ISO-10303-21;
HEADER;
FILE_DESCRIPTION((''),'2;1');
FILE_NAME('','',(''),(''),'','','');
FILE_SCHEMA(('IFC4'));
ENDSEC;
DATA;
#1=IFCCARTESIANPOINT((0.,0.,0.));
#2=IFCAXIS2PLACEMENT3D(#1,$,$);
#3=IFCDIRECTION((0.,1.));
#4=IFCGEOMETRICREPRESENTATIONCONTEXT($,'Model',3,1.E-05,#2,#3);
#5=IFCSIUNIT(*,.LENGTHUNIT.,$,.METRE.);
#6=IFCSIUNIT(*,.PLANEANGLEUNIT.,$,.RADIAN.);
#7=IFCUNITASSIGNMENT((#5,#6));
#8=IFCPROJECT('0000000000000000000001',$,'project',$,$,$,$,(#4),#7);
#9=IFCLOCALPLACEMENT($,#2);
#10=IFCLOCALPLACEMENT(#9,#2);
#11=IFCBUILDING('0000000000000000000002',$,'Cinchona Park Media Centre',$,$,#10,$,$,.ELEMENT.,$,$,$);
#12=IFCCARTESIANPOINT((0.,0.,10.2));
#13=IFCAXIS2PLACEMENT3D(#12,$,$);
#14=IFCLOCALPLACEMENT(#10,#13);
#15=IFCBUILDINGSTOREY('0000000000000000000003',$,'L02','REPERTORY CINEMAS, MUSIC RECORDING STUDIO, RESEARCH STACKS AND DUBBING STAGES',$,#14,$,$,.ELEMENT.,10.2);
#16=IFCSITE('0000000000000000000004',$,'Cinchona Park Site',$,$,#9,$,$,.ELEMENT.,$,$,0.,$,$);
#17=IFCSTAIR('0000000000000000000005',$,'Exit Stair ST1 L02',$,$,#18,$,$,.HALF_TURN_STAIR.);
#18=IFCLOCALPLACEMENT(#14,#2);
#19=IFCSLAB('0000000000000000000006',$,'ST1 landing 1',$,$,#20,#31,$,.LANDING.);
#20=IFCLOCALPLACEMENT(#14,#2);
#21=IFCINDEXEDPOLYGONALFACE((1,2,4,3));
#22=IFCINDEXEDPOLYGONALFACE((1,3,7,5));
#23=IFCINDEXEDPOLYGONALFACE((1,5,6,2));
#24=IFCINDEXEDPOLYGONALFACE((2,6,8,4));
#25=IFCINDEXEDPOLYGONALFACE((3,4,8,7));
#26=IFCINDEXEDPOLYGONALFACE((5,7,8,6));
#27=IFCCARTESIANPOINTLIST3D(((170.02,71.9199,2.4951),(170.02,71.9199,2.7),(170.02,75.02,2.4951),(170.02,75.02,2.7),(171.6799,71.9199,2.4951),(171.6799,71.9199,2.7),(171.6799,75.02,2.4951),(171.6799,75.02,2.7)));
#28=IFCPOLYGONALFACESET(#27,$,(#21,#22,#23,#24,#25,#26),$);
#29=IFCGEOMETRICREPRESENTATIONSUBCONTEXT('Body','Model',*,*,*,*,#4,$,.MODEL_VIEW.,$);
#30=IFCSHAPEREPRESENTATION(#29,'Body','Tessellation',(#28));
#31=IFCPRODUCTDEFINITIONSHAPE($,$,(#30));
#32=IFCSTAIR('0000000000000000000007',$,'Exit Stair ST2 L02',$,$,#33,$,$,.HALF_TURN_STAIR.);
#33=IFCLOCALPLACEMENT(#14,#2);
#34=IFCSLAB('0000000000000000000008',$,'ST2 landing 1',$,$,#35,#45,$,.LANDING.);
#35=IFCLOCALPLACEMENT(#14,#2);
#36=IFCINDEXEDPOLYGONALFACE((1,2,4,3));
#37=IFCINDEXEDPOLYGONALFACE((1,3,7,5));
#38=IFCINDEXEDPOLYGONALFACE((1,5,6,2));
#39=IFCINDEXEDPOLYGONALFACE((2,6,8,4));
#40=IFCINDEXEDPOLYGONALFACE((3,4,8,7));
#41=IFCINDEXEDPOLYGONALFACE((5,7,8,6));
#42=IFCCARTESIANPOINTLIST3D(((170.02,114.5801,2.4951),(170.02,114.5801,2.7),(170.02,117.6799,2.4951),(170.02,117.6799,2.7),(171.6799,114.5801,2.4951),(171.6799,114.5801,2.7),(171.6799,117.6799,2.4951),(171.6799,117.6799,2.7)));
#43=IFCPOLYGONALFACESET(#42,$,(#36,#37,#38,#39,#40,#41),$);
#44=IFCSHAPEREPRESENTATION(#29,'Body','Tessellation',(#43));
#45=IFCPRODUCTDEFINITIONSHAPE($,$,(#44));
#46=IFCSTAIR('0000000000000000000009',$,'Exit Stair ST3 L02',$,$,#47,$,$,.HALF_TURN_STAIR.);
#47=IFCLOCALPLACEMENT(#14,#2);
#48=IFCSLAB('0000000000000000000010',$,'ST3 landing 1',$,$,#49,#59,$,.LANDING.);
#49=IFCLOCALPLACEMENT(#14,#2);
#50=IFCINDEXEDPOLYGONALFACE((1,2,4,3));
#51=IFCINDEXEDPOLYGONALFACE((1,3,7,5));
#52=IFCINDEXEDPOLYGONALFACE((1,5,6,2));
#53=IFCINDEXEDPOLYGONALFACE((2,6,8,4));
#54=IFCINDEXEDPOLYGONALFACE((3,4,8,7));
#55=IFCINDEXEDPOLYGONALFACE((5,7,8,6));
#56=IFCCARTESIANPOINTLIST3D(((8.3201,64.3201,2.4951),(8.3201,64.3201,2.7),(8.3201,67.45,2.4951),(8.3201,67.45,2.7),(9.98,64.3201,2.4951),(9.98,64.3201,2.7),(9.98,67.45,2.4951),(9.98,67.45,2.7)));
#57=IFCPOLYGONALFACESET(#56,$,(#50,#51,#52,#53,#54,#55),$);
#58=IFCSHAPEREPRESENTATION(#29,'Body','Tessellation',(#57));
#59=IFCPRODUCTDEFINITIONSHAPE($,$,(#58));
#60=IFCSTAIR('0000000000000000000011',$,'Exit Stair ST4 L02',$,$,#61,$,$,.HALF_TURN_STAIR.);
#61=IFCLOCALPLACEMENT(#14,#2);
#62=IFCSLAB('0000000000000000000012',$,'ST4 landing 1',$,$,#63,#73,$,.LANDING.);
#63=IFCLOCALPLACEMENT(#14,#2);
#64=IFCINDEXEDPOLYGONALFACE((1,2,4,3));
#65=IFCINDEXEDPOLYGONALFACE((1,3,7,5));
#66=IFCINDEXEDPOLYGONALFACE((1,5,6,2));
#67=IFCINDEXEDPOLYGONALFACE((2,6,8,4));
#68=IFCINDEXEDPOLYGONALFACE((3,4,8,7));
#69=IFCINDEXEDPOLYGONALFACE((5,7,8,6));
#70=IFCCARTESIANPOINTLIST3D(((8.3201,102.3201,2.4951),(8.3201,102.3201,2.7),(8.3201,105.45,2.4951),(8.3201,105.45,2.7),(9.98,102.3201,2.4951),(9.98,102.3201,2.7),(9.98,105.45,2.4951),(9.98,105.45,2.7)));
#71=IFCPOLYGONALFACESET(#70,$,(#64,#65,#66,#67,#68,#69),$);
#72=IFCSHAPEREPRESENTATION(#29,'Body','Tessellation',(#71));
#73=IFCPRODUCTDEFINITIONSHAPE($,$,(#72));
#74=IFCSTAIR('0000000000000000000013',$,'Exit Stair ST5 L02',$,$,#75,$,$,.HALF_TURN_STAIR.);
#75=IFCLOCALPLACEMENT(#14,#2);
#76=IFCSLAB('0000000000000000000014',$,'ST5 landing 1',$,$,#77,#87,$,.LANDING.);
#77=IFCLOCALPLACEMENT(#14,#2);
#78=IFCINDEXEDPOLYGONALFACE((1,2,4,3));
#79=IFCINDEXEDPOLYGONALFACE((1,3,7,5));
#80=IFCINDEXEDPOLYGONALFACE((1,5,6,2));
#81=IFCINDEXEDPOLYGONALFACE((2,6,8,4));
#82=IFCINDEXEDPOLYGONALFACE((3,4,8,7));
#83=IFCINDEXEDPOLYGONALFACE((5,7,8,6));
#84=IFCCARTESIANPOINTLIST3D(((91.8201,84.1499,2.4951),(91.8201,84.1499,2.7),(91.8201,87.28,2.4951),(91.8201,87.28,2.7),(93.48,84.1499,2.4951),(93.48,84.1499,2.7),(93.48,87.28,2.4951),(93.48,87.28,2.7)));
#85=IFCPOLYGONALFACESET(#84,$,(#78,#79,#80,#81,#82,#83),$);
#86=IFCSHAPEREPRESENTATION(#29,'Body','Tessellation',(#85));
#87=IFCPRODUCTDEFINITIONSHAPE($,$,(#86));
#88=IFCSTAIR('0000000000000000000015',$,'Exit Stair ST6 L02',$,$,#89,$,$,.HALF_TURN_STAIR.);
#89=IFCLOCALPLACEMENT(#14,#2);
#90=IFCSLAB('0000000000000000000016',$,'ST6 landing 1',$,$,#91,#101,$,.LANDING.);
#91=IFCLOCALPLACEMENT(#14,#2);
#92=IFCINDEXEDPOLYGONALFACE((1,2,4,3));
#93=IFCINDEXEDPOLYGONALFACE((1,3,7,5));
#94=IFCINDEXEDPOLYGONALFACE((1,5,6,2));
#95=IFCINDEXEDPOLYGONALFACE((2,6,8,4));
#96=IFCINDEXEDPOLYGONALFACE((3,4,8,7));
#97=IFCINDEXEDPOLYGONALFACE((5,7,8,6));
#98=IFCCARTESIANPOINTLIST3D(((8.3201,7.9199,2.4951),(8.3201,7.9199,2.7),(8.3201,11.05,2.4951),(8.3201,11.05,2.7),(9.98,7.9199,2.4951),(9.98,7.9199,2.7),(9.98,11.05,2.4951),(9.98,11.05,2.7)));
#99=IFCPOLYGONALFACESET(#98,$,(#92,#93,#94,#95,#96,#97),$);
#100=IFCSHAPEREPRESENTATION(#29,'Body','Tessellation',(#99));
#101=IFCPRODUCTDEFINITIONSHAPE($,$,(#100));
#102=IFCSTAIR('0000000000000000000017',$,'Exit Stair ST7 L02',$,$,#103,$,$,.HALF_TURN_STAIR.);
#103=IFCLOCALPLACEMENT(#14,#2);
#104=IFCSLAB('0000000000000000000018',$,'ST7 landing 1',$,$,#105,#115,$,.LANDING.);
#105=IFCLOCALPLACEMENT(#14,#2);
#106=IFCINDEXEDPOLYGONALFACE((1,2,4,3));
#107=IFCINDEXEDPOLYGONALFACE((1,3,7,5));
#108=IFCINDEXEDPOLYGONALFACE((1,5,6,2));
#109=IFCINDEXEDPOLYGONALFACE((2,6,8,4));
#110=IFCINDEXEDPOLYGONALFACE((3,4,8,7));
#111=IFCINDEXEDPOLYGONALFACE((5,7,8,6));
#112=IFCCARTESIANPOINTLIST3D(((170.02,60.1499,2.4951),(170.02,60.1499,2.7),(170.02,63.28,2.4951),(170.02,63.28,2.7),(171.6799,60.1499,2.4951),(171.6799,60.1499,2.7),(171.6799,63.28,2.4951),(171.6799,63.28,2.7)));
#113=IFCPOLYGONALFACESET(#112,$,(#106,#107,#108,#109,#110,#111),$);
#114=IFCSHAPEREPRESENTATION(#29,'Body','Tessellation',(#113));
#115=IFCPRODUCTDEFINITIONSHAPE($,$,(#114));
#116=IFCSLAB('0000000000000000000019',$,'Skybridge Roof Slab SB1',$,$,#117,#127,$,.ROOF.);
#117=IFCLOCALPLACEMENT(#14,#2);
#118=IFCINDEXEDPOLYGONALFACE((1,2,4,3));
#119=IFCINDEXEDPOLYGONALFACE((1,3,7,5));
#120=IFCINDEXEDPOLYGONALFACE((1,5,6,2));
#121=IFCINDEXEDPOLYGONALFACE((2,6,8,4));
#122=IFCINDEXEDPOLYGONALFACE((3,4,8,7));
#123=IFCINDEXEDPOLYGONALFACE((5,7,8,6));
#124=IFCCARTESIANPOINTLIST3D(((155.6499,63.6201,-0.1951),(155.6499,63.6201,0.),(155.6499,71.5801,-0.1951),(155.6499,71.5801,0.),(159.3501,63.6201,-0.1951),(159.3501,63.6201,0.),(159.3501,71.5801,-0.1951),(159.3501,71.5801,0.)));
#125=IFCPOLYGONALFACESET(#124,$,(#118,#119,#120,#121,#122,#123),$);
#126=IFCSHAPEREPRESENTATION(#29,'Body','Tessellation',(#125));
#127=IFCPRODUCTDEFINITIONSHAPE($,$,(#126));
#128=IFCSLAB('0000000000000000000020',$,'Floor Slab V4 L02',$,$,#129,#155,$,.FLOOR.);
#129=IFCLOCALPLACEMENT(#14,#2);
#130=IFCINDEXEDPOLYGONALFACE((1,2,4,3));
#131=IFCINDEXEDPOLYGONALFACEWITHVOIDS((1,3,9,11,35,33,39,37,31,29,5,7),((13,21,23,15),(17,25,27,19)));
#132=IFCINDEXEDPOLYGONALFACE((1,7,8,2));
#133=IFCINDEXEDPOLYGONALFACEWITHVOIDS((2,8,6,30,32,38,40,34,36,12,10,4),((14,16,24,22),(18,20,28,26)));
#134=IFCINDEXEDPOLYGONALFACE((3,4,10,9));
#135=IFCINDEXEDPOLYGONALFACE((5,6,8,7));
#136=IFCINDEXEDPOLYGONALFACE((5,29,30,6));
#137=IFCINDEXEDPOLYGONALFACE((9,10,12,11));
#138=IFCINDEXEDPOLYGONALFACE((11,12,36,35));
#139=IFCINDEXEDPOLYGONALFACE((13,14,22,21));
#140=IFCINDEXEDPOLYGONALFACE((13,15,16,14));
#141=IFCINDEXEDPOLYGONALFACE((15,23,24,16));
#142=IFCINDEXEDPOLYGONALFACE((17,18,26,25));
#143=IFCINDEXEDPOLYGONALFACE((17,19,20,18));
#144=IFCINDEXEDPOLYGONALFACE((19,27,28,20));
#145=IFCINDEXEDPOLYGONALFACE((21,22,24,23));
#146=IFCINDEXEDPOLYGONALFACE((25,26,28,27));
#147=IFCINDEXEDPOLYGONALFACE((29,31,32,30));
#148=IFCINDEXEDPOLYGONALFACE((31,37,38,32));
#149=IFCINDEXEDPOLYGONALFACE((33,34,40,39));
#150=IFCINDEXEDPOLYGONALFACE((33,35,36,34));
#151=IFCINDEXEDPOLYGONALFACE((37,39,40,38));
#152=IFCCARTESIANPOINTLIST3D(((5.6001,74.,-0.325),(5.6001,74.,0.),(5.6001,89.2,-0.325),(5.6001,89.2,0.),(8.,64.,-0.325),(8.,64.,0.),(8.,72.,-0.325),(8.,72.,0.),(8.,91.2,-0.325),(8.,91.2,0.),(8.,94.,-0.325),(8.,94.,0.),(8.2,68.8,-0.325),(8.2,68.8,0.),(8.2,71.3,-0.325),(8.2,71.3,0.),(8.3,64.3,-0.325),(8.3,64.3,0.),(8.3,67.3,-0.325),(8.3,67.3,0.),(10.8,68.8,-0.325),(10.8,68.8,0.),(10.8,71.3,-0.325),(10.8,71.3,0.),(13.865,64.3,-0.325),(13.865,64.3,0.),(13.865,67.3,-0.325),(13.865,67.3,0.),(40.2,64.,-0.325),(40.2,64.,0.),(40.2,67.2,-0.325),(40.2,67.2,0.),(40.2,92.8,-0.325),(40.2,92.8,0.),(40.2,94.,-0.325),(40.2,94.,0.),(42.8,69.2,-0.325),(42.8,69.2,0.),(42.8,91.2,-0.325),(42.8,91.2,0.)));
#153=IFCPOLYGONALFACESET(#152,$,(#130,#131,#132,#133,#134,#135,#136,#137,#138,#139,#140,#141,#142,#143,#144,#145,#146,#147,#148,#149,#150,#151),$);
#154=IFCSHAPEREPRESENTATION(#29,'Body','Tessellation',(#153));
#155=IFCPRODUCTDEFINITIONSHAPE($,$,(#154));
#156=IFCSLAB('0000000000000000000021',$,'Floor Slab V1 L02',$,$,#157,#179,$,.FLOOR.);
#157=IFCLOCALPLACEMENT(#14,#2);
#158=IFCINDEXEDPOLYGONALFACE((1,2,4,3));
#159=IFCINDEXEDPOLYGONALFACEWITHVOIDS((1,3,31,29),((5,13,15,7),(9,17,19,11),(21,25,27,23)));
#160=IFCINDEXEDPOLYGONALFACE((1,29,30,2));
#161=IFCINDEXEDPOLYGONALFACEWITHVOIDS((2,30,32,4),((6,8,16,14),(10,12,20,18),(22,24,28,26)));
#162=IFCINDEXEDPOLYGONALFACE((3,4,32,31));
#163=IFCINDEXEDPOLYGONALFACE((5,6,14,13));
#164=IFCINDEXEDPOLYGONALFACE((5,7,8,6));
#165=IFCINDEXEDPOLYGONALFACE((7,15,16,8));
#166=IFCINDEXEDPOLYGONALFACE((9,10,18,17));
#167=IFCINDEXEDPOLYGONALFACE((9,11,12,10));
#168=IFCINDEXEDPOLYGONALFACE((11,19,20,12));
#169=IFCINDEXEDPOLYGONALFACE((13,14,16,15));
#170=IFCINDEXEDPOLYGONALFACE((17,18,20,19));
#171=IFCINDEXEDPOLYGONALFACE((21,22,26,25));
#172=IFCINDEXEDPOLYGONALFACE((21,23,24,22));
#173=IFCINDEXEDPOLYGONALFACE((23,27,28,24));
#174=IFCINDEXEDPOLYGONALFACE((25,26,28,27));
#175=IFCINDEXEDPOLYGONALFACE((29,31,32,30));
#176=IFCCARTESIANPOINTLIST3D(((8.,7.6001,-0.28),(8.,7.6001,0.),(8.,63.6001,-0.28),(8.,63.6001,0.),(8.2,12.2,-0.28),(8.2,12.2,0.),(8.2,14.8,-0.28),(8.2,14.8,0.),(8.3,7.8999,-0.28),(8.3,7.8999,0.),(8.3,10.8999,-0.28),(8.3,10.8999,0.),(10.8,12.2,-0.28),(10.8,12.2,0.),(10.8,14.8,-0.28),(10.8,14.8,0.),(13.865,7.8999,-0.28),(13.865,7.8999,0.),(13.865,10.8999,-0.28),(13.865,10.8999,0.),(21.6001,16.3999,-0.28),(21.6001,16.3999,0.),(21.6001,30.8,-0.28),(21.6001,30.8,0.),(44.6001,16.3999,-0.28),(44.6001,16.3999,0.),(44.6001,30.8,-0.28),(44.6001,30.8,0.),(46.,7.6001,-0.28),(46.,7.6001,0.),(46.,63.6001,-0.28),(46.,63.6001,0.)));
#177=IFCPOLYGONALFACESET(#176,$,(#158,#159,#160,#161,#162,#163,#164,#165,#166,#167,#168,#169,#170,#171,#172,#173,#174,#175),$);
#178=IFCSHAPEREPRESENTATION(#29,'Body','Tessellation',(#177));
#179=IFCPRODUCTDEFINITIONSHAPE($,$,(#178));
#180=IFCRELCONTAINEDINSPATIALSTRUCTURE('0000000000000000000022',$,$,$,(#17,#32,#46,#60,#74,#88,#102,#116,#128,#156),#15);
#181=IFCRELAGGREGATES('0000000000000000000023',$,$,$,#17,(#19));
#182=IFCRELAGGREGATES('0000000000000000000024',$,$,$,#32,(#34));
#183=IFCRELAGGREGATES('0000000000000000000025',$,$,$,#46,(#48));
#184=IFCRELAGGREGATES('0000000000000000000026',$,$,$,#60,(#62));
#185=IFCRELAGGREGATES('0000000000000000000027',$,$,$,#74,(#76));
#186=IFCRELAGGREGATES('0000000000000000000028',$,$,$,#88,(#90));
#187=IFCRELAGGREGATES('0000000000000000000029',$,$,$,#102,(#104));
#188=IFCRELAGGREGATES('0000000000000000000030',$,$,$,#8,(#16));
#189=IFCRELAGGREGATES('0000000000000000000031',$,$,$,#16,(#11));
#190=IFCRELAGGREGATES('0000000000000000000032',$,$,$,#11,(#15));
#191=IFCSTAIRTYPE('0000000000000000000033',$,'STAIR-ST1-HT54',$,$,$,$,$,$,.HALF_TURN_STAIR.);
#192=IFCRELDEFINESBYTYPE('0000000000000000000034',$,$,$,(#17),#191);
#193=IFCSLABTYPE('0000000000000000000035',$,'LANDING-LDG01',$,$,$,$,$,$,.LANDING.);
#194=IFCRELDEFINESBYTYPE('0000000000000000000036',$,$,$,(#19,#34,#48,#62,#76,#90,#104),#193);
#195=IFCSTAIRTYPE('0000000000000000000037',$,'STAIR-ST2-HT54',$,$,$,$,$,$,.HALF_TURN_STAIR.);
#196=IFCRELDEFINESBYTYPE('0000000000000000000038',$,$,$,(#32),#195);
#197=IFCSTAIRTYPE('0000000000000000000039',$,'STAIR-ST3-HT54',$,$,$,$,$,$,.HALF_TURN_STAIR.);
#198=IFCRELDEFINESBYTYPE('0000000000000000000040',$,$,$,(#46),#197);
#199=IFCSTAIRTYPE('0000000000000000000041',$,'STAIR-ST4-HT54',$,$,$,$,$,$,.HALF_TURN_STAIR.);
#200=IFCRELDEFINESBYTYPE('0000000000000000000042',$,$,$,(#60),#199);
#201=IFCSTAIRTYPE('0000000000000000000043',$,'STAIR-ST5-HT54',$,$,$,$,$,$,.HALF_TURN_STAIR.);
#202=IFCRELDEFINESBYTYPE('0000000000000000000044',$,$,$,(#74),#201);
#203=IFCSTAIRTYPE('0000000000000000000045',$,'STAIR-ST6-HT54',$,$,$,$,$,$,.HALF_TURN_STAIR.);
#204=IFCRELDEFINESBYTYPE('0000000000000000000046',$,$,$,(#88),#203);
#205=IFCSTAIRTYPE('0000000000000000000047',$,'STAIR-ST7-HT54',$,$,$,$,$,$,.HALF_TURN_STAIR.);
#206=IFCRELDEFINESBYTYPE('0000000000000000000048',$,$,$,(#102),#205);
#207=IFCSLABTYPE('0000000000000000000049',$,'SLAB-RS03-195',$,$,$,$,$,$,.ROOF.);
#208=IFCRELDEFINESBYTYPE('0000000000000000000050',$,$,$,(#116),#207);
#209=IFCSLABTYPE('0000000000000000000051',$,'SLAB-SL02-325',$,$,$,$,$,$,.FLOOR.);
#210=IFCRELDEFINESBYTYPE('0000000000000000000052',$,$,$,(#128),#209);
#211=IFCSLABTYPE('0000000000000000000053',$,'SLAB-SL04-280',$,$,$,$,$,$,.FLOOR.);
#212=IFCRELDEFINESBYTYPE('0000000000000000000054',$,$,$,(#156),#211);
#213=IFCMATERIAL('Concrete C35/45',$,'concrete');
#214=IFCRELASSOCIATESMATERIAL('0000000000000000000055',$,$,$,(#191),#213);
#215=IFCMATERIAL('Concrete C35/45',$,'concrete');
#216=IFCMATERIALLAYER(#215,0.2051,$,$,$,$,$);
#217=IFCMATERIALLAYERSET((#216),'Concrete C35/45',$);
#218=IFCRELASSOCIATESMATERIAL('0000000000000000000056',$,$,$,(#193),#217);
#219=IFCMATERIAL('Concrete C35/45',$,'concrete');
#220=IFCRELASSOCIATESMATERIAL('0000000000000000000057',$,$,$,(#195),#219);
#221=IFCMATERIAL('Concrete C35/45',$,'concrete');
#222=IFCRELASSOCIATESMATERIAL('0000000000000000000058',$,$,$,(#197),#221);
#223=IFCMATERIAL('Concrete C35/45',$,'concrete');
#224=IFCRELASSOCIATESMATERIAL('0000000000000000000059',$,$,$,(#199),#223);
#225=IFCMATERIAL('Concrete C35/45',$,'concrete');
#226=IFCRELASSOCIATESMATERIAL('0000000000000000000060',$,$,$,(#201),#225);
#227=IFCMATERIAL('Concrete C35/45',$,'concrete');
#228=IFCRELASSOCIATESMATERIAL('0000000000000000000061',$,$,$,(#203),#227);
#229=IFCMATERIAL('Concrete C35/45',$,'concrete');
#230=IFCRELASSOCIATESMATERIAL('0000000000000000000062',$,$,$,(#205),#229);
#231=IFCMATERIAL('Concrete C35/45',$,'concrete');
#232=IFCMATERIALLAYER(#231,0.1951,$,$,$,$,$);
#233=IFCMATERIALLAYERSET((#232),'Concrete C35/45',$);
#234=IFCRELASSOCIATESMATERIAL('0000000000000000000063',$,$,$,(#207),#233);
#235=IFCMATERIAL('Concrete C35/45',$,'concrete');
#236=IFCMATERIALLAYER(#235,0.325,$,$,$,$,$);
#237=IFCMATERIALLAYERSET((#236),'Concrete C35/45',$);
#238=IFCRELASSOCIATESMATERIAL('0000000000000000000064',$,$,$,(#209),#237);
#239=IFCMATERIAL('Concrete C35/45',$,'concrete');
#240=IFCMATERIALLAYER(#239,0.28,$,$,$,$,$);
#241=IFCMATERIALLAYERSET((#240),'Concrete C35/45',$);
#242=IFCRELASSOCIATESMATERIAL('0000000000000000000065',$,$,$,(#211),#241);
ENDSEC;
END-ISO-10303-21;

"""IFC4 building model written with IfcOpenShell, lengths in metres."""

from ifc_helpers import new_model, si_unit, direction, frame, origin, place, context, subcontext, project, spatial, polyline, outline, extrude, material, layer, layer_set, type_object, element, aggregate, save


model = new_model("IFC4")

# Units and contexts
model_context = context("Model", 3, precision=1e-05, world=origin(), true_north=direction((0.0, 1.0)))
body_context = subcontext(model_context, "Body", "Model", "MODEL_VIEW")
ifc_project = project(units=[si_unit("LENGTHUNIT", "METRE"), si_unit("PLANEANGLEUNIT", "RADIAN")], contexts=[model_context])

# Site, building, storey
site_placement = place(None, origin())
site = spatial("IfcSite", under=ifc_project, at=site_placement, Name="Cinchona Park Site", CompositionType="ELEMENT", RefElevation=0.0)
building_placement = place(site_placement, origin())
building = spatial("IfcBuilding", under=site, at=building_placement, Name="Cinchona Park Media Centre", CompositionType="ELEMENT")
storey_placement = place(building_placement, frame((0.0, 0.0, 10.2)))
storey = spatial("IfcBuildingStorey", under=building, at=storey_placement, Name="L02", Description="REPERTORY CINEMAS, MUSIC RECORDING STUDIO, RESEARCH STACKS AND DUBBING STAGES", CompositionType="ELEMENT", Elevation=10.2)

# Stairs, slabs
ifc_material_1 = material(Name="Concrete C35/45", Category="concrete")
stair_type_1 = type_object("IfcStairType", Name="STAIR-ST1-HT54", PredefinedType="HALF_TURN_STAIR", material=ifc_material_1)
stair_1_placement = place(storey_placement, origin())
stair_1 = element("IfcStair", 1, at=stair_1_placement, inside=storey, type_object=stair_type_1, Name="Exit Stair ST1 L02", PredefinedType="HALF_TURN_STAIR")
ifc_material_2 = material(Name="Concrete C35/45", Category="concrete")
ifc_layer_1 = layer(ifc_material_2, 0.2051)
ifc_layer_set_1 = layer_set([ifc_layer_1], Name="Concrete C35/45")
slab_type_1 = type_object("IfcSlabType", Name="LANDING-LDG01", PredefinedType="LANDING", material=ifc_layer_set_1)
slab_1_placement = place(storey_placement, frame((0.0, 0.0, 2.4951)))
slab_1 = element("IfcSlab", 2, at=slab_1_placement, type_object=slab_type_1, Name="ST1 landing 1", PredefinedType="LANDING", context=body_context, shape_type="SweptSolid", body=[
    extrude(outline(polyline([(170.02, 71.9199), (171.6799, 71.9199), (171.6799, 75.02), (170.02, 75.02), (170.02, 71.9199)])), origin(), (0.0, 0.0, 1.0), 0.2048),
])
aggregate(stair_1, [slab_1])
ifc_material_3 = material(Name="Concrete C35/45", Category="concrete")
stair_type_2 = type_object("IfcStairType", Name="STAIR-ST2-HT54", PredefinedType="HALF_TURN_STAIR", material=ifc_material_3)
stair_2_placement = place(storey_placement, origin())
stair_2 = element("IfcStair", 3, at=stair_2_placement, inside=storey, type_object=stair_type_2, Name="Exit Stair ST2 L02", PredefinedType="HALF_TURN_STAIR")
slab_2_placement = place(storey_placement, frame((0.0, 0.0, 2.4951)))
slab_2 = element("IfcSlab", 4, at=slab_2_placement, type_object=slab_type_1, Name="ST2 landing 1", PredefinedType="LANDING", context=body_context, shape_type="SweptSolid", body=[
    extrude(outline(polyline([(170.02, 114.5801), (171.6799, 114.5801), (171.6799, 117.6799), (170.02, 117.6799), (170.02, 114.5801)])), origin(), (0.0, 0.0, 1.0), 0.2048),
])
aggregate(stair_2, [slab_2])
ifc_material_4 = material(Name="Concrete C35/45", Category="concrete")
stair_type_3 = type_object("IfcStairType", Name="STAIR-ST3-HT54", PredefinedType="HALF_TURN_STAIR", material=ifc_material_4)
stair_3_placement = place(storey_placement, origin())
stair_3 = element("IfcStair", 5, at=stair_3_placement, inside=storey, type_object=stair_type_3, Name="Exit Stair ST3 L02", PredefinedType="HALF_TURN_STAIR")
slab_3_placement = place(storey_placement, frame((0.0, 0.0, 2.4951)))
slab_3 = element("IfcSlab", 6, at=slab_3_placement, type_object=slab_type_1, Name="ST3 landing 1", PredefinedType="LANDING", context=body_context, shape_type="SweptSolid", body=[
    extrude(outline(polyline([(8.3201, 64.3201), (9.98, 64.3201), (9.98, 67.45), (8.3201, 67.45), (8.3201, 64.3201)])), origin(), (0.0, 0.0, 1.0), 0.2048),
])
aggregate(stair_3, [slab_3])
ifc_material_5 = material(Name="Concrete C35/45", Category="concrete")
stair_type_4 = type_object("IfcStairType", Name="STAIR-ST4-HT54", PredefinedType="HALF_TURN_STAIR", material=ifc_material_5)
stair_4_placement = place(storey_placement, origin())
stair_4 = element("IfcStair", 7, at=stair_4_placement, inside=storey, type_object=stair_type_4, Name="Exit Stair ST4 L02", PredefinedType="HALF_TURN_STAIR")
slab_4_placement = place(storey_placement, frame((0.0, 0.0, 2.4951)))
slab_4 = element("IfcSlab", 8, at=slab_4_placement, type_object=slab_type_1, Name="ST4 landing 1", PredefinedType="LANDING", context=body_context, shape_type="SweptSolid", body=[
    extrude(outline(polyline([(8.3201, 102.3201), (9.98, 102.3201), (9.98, 105.45), (8.3201, 105.45), (8.3201, 102.3201)])), origin(), (0.0, 0.0, 1.0), 0.2048),
])
aggregate(stair_4, [slab_4])
ifc_material_6 = material(Name="Concrete C35/45", Category="concrete")
stair_type_5 = type_object("IfcStairType", Name="STAIR-ST5-HT54", PredefinedType="HALF_TURN_STAIR", material=ifc_material_6)
stair_5_placement = place(storey_placement, origin())
stair_5 = element("IfcStair", 9, at=stair_5_placement, inside=storey, type_object=stair_type_5, Name="Exit Stair ST5 L02", PredefinedType="HALF_TURN_STAIR")
slab_5_placement = place(storey_placement, frame((0.0, 0.0, 2.4951)))
slab_5 = element("IfcSlab", 10, at=slab_5_placement, type_object=slab_type_1, Name="ST5 landing 1", PredefinedType="LANDING", context=body_context, shape_type="SweptSolid", body=[
    extrude(outline(polyline([(91.8201, 84.1499), (93.48, 84.1499), (93.48, 87.28), (91.8201, 87.28), (91.8201, 84.1499)])), origin(), (0.0, 0.0, 1.0), 0.2048),
])
aggregate(stair_5, [slab_5])
ifc_material_7 = material(Name="Concrete C35/45", Category="concrete")
stair_type_6 = type_object("IfcStairType", Name="STAIR-ST6-HT54", PredefinedType="HALF_TURN_STAIR", material=ifc_material_7)
stair_6_placement = place(storey_placement, origin())
stair_6 = element("IfcStair", 11, at=stair_6_placement, inside=storey, type_object=stair_type_6, Name="Exit Stair ST6 L02", PredefinedType="HALF_TURN_STAIR")
slab_6_placement = place(storey_placement, frame((0.0, 0.0, 2.4951)))
slab_6 = element("IfcSlab", 12, at=slab_6_placement, type_object=slab_type_1, Name="ST6 landing 1", PredefinedType="LANDING", context=body_context, shape_type="SweptSolid", body=[
    extrude(outline(polyline([(8.3201, 7.9199), (9.98, 7.9199), (9.98, 11.05), (8.3201, 11.05), (8.3201, 7.9199)])), origin(), (0.0, 0.0, 1.0), 0.2048),
])
aggregate(stair_6, [slab_6])
ifc_material_8 = material(Name="Concrete C35/45", Category="concrete")
stair_type_7 = type_object("IfcStairType", Name="STAIR-ST7-HT54", PredefinedType="HALF_TURN_STAIR", material=ifc_material_8)
stair_7_placement = place(storey_placement, origin())
stair_7 = element("IfcStair", 13, at=stair_7_placement, inside=storey, type_object=stair_type_7, Name="Exit Stair ST7 L02", PredefinedType="HALF_TURN_STAIR")
slab_7_placement = place(storey_placement, frame((0.0, 0.0, 2.4951)))
slab_7 = element("IfcSlab", 14, at=slab_7_placement, type_object=slab_type_1, Name="ST7 landing 1", PredefinedType="LANDING", context=body_context, shape_type="SweptSolid", body=[
    extrude(outline(polyline([(170.02, 60.1499), (171.6799, 60.1499), (171.6799, 63.28), (170.02, 63.28), (170.02, 60.1499)])), origin(), (0.0, 0.0, 1.0), 0.2048),
])
aggregate(stair_7, [slab_7])

# Slabs
ifc_material_9 = material(Name="Concrete C35/45", Category="concrete")
ifc_layer_2 = layer(ifc_material_9, 0.1951)
ifc_layer_set_2 = layer_set([ifc_layer_2], Name="Concrete C35/45")
slab_type_2 = type_object("IfcSlabType", Name="SLAB-RS03-195", PredefinedType="ROOF", material=ifc_layer_set_2)
slab_8_placement = place(storey_placement, frame((0.0, 0.0, -0.1951)))
element("IfcSlab", 15, at=slab_8_placement, inside=storey, type_object=slab_type_2, Name="Skybridge Roof Slab SB1", PredefinedType="ROOF", context=body_context, shape_type="SweptSolid", body=[
    extrude(outline(polyline([(155.6499, 63.6201), (159.3501, 63.6201), (159.3501, 71.5801), (155.6499, 71.5801), (155.6499, 63.6201)])), origin(), (0.0, 0.0, 1.0), 0.1951),
])
ifc_material_10 = material(Name="Concrete C35/45", Category="concrete")
ifc_layer_3 = layer(ifc_material_10, 0.325)
ifc_layer_set_3 = layer_set([ifc_layer_3], Name="Concrete C35/45")
slab_type_3 = type_object("IfcSlabType", Name="SLAB-SL02-325", PredefinedType="FLOOR", material=ifc_layer_set_3)
slab_9_placement = place(storey_placement, frame((0.0, 0.0, -0.325)))
element("IfcSlab", 16, at=slab_9_placement, inside=storey, type_object=slab_type_3, Name="Floor Slab V4 L02", PredefinedType="FLOOR", context=body_context, shape_type="SweptSolid", body=[
    extrude(outline(polyline([(8.0, 64.0), (40.2, 64.0), (40.2, 67.2), (42.8, 69.2), (42.8, 91.2), (40.2, 92.8), (40.2, 94.0), (8.0, 94.0), (8.0, 91.2), (5.6001, 89.2), (5.6001, 74.0), (8.0, 72.0), (8.0, 64.0)]), holes=[polyline([(8.3, 64.3), (13.865, 64.3), (13.865, 67.3), (8.3, 67.3), (8.3, 64.3)]), polyline([(8.2, 68.8), (10.8, 68.8), (10.8, 71.3), (8.2, 71.3), (8.2, 68.8)])]), origin(), (0.0, 0.0, 1.0), 0.325),
])
ifc_material_11 = material(Name="Concrete C35/45", Category="concrete")
ifc_layer_4 = layer(ifc_material_11, 0.28)
ifc_layer_set_4 = layer_set([ifc_layer_4], Name="Concrete C35/45")
slab_type_4 = type_object("IfcSlabType", Name="SLAB-SL04-280", PredefinedType="FLOOR", material=ifc_layer_set_4)
slab_10_placement = place(storey_placement, frame((0.0, 0.0, -0.28)))
element("IfcSlab", 17, at=slab_10_placement, inside=storey, type_object=slab_type_4, Name="Floor Slab V1 L02", PredefinedType="FLOOR", context=body_context, shape_type="SweptSolid", body=[
    extrude(outline(polyline([(8.0, 7.6001), (46.0, 7.6001), (46.0, 63.6001), (8.0, 63.6001), (8.0, 7.6001)]), holes=[polyline([(8.3, 7.8999), (13.865, 7.8999), (13.865, 10.8999), (8.3, 10.8999), (8.3, 7.8999)]), polyline([(8.2, 12.2), (10.8, 12.2), (10.8, 14.8), (8.2, 14.8), (8.2, 12.2)]), polyline([(21.6001, 16.3999), (44.6001, 16.3999), (44.6001, 30.8), (21.6001, 30.8), (21.6001, 16.3999)])]), origin(), (0.0, 0.0, 1.0), 0.28),
])

save(model, "model.ifc")
